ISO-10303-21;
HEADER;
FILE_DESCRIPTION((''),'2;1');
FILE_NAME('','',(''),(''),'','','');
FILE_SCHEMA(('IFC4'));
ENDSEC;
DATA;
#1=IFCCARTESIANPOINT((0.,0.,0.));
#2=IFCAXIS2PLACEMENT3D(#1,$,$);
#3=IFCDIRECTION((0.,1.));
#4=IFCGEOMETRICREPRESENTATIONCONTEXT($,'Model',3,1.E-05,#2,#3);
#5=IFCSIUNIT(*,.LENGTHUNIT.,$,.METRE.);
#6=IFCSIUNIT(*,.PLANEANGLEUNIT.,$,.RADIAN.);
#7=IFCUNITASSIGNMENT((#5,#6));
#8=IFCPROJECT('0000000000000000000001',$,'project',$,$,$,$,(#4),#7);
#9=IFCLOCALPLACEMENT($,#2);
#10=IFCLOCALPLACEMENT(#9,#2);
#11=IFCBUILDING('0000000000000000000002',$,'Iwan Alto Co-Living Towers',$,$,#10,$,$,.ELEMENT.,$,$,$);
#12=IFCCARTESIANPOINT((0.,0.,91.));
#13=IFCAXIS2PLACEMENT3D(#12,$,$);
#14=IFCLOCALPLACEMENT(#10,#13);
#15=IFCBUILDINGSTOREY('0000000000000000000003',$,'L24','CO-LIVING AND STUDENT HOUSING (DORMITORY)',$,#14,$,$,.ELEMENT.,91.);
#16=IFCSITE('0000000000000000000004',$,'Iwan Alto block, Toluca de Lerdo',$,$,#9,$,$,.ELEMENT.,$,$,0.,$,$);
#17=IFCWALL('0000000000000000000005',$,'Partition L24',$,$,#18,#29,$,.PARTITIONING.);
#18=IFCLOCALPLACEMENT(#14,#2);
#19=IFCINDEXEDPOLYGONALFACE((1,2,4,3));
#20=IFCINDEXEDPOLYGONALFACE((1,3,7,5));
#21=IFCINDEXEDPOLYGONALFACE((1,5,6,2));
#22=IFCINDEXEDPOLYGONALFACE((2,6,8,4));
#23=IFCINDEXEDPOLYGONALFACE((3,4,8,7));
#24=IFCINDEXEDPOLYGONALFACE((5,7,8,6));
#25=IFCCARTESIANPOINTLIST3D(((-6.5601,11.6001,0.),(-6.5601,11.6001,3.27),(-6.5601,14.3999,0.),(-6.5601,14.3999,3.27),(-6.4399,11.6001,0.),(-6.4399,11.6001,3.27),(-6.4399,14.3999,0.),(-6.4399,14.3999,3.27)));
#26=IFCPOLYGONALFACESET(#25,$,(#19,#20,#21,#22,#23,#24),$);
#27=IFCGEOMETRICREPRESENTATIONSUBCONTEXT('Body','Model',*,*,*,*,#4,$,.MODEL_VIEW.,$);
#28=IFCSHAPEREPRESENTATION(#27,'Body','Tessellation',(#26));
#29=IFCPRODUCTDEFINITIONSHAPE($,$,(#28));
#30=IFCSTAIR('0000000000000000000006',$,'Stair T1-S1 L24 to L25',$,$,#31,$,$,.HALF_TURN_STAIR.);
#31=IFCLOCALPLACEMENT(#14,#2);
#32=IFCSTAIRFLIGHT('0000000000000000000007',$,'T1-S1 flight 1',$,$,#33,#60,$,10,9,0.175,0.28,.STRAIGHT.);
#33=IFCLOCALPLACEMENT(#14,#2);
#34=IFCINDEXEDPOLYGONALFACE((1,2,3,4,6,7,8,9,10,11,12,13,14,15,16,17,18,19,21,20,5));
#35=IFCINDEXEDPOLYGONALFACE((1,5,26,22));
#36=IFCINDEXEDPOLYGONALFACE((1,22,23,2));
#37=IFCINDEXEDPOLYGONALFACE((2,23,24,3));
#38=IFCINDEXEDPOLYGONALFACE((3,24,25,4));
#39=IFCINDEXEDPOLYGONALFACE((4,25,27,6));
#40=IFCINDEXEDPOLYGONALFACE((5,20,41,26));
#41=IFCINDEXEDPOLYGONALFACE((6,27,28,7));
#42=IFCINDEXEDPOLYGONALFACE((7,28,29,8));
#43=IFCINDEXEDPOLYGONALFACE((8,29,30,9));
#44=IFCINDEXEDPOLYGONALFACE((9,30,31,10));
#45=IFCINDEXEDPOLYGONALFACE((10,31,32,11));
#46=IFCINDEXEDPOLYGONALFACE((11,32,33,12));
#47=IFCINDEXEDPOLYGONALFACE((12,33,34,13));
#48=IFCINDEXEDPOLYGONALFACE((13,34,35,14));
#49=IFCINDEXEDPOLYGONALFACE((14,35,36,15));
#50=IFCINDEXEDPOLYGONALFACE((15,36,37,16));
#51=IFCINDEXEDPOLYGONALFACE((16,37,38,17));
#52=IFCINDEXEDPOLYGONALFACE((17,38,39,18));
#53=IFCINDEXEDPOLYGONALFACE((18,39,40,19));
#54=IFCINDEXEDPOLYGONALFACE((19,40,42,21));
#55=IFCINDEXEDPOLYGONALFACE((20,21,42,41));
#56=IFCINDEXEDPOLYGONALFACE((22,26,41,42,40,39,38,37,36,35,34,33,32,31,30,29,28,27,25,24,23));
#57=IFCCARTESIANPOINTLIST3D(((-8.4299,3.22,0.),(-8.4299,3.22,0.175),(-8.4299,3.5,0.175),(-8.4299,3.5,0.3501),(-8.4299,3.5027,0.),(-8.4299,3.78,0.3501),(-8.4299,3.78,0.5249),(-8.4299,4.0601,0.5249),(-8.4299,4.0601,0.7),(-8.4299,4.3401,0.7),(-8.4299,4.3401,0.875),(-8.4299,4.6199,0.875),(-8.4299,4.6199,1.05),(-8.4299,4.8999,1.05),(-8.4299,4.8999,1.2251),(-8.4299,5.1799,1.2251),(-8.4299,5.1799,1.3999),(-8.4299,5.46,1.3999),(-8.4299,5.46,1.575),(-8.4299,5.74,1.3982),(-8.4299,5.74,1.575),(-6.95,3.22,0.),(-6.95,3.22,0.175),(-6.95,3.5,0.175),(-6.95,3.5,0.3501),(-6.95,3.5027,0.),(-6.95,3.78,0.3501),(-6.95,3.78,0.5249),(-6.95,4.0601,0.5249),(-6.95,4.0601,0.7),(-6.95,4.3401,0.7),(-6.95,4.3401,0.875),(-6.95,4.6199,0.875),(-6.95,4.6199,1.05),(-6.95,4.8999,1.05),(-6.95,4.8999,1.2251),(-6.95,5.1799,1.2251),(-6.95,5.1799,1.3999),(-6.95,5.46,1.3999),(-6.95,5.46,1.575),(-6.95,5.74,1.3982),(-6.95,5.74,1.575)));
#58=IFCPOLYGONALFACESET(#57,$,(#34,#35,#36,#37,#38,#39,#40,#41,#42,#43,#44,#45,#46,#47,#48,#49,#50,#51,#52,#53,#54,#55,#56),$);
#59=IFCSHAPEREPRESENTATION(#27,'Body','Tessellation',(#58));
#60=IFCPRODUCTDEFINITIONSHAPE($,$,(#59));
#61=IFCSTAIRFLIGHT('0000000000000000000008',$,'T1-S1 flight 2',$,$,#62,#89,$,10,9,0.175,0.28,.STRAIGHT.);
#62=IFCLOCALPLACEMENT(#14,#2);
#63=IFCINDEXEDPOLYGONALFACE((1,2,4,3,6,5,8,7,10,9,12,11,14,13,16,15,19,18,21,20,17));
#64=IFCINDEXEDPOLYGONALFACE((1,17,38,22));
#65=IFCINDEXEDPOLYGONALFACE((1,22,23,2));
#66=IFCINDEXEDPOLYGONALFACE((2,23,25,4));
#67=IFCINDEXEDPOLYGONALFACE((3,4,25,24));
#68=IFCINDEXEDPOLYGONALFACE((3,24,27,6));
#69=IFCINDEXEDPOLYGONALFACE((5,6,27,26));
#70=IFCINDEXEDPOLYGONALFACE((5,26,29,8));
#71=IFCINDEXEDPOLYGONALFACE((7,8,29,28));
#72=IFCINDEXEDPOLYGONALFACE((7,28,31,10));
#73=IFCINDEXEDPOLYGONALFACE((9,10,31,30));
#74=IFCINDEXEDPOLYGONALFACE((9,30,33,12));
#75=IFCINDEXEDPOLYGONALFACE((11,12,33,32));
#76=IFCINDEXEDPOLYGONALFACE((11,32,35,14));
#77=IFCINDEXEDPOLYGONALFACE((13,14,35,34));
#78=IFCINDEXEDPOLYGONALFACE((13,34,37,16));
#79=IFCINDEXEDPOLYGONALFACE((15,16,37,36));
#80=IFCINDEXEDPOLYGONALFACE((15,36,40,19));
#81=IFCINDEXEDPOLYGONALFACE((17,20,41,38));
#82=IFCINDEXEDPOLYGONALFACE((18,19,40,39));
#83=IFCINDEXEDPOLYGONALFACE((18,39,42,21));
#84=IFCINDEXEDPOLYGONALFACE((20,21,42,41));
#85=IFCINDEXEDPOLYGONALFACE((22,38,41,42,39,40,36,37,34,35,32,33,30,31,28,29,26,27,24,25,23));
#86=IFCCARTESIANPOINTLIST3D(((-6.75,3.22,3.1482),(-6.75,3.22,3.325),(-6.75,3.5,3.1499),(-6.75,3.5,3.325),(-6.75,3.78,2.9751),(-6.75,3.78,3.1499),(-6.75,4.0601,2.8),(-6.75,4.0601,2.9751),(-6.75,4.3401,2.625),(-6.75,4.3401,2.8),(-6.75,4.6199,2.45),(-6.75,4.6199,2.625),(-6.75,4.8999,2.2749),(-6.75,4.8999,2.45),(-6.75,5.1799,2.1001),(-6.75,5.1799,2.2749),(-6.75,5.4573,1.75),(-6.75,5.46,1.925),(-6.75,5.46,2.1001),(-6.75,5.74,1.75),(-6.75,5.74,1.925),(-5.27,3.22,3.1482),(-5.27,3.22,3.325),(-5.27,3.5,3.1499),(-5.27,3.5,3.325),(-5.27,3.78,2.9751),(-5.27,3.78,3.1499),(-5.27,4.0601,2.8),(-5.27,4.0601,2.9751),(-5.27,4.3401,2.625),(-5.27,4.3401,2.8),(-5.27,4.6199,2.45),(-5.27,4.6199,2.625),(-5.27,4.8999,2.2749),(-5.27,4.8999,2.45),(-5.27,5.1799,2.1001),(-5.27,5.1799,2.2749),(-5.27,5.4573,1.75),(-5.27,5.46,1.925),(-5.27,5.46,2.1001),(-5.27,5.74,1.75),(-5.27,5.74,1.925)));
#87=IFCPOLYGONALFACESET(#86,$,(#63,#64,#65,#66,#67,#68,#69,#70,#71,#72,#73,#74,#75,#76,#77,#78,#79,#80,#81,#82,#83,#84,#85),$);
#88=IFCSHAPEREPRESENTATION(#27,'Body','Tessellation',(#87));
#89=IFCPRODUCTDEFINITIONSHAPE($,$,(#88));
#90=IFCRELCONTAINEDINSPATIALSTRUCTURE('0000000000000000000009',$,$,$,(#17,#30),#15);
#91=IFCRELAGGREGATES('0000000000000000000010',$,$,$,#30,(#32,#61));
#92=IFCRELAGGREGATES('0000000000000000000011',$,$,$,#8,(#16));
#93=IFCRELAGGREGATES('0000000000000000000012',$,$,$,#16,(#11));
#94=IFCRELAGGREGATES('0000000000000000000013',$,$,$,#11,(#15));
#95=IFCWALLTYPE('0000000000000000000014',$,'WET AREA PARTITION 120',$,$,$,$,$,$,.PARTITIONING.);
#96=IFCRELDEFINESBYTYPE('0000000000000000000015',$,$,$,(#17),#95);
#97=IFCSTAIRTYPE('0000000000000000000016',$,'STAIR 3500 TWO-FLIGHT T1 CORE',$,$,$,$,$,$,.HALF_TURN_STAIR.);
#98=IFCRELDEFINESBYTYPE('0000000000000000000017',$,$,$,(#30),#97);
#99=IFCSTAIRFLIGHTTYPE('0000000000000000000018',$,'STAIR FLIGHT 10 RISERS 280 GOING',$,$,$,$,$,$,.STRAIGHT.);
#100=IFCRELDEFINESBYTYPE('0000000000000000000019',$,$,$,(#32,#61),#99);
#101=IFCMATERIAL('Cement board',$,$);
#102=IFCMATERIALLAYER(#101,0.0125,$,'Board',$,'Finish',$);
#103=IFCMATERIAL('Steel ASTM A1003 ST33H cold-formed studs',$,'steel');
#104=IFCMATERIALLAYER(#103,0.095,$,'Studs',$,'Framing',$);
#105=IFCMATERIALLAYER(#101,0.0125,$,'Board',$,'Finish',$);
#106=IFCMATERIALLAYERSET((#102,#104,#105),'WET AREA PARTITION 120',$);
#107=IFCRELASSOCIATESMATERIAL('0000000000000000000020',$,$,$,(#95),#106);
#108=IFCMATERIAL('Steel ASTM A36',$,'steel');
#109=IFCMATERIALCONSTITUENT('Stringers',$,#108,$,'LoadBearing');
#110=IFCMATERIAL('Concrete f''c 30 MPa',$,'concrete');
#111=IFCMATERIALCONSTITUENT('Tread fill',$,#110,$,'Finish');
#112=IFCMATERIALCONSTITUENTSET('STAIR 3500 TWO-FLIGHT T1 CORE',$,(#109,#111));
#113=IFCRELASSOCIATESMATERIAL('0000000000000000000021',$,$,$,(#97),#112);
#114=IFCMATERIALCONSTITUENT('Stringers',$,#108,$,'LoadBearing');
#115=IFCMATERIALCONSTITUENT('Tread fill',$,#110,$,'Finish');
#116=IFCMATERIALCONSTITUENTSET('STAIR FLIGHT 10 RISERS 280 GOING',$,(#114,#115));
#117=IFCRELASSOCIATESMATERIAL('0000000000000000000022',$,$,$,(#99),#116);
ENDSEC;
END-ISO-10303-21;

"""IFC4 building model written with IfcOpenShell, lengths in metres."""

from ifc_helpers import new_model, si_unit, direction, frame, frame_2d, origin, place, context, subcontext, project, spatial, polyline, rectangle, outline, extrude, material, layer, layer_set, constituent, constituent_set, type_object, element, aggregate, save


model = new_model("IFC4")

# Units and contexts
model_context = context("Model", 3, precision=1e-05, world=origin(), true_north=direction((0.0, 1.0)))
body_context = subcontext(model_context, "Body", "Model", "MODEL_VIEW")
ifc_project = project(units=[si_unit("LENGTHUNIT", "METRE"), si_unit("PLANEANGLEUNIT", "RADIAN")], contexts=[model_context])

# Site, building, storey
site_placement = place(None, origin())
site = spatial("IfcSite", under=ifc_project, at=site_placement, Name="Iwan Alto block, Toluca de Lerdo", CompositionType="ELEMENT", RefElevation=0.0)
building_placement = place(site_placement, origin())
building = spatial("IfcBuilding", under=site, at=building_placement, Name="Iwan Alto Co-Living Towers", CompositionType="ELEMENT")
storey_placement = place(building_placement, frame((0.0, 0.0, 91.0)))
storey = spatial("IfcBuildingStorey", under=building, at=storey_placement, Name="L24", Description="CO-LIVING AND STUDENT HOUSING (DORMITORY)", CompositionType="ELEMENT", Elevation=91.0)

# Shared definitions
ifc_material_1 = material(Name="Steel ASTM A1003 ST33H cold-formed studs", Category="steel")

# Shared definitions
ifc_material_2 = material(Name="Cement board")
ifc_layer_1 = layer(ifc_material_2, 0.0125, Name="Board", Category="Finish")
ifc_layer_2 = layer(ifc_material_1, 0.095, Name="Studs", Category="Framing")
ifc_layer_3 = layer(ifc_material_2, 0.0125, Name="Board", Category="Finish")
ifc_layer_set_1 = layer_set([ifc_layer_1, ifc_layer_2, ifc_layer_3], Name="WET AREA PARTITION 120")
wall_type_1 = type_object("IfcWallType", Name="WET AREA PARTITION 120", PredefinedType="PARTITIONING", material=ifc_layer_set_1)

# Wall
for number, where, z_axis, x_axis, name in (
    (1, (-6.5, 11.6001, 0.0), (0.0, 0.0, 1.0), (0.0, 1.0, 0.0), "Partition L24"),
):
    element("IfcWall", number, at=place(storey_placement, frame(where, z_axis=z_axis, x_axis=x_axis)), inside=storey, type_object=wall_type_1, Name=name, PredefinedType="PARTITIONING", context=body_context, shape_type="SweptSolid", body=[
        extrude(rectangle(XDim=2.7998, YDim=0.1201, at=frame_2d((1.3999, 0.0))), origin(), (0.0, 0.0, 1.0), 3.27),
    ])

# Stair, stair flights
ifc_material_3 = material(Name="Steel ASTM A36", Category="steel")
ifc_constituent_1 = constituent(ifc_material_3, Name="Stringers", Category="LoadBearing")
ifc_material_4 = material(Name="Concrete f'c 30 MPa", Category="concrete")
ifc_constituent_2 = constituent(ifc_material_4, Name="Tread fill", Category="Finish")
ifc_constituent_set_1 = constituent_set(constituents=[ifc_constituent_1, ifc_constituent_2], Name="STAIR 3500 TWO-FLIGHT T1 CORE")
stair_type = type_object("IfcStairType", Name="STAIR 3500 TWO-FLIGHT T1 CORE", PredefinedType="HALF_TURN_STAIR", material=ifc_constituent_set_1)
stair_placement = place(storey_placement, origin())
stair = element("IfcStair", 2, at=stair_placement, inside=storey, type_object=stair_type, Name="Stair T1-S1 L24 to L25", PredefinedType="HALF_TURN_STAIR")
ifc_constituent_3 = constituent(ifc_material_3, Name="Stringers", Category="LoadBearing")
ifc_constituent_4 = constituent(ifc_material_4, Name="Tread fill", Category="Finish")
ifc_constituent_set_2 = constituent_set(constituents=[ifc_constituent_3, ifc_constituent_4], Name="STAIR FLIGHT 10 RISERS 280 GOING")
stair_flight_type = type_object("IfcStairFlightType", Name="STAIR FLIGHT 10 RISERS 280 GOING", PredefinedType="STRAIGHT", material=ifc_constituent_set_2)
stair_flight_1_placement = place(storey_placement, frame((-7.6899, 3.22, 0.0), z_axis=(0.0, 0.0, 1.0), x_axis=(0.0, 1.0, 0.0)))
stair_flight_1 = element("IfcStairFlight", 3, at=stair_flight_1_placement, type_object=stair_flight_type, Name="T1-S1 flight 1", NumberOfRisers=10, NumberOfTreads=9, PredefinedType="STRAIGHT", RiserHeight=0.175, TreadLength=0.28, context=body_context, shape_type="SweptSolid", body=[
    extrude(outline(polyline([(0.0, 0.0), (0.0, 0.175), (0.28, 0.175), (0.28, 0.3501), (0.5601, 0.3501), (0.5601, 0.5249), (0.8401, 0.5249), (0.8401, 0.7), (1.1201, 0.7), (1.1201, 0.875), (1.3999, 0.875), (1.3999, 1.05), (1.6799, 1.05), (1.6799, 1.2251), (1.96, 1.2251), (1.96, 1.3999), (2.24, 1.3999), (2.24, 1.575), (2.52, 1.575), (2.52, 1.75), (2.52, 1.3982), (0.2827, 0.0), (0.0, 0.0)])), frame((0.0, 0.74, 0.0), z_axis=(0.0, -1.0, 0.0), x_axis=(1.0, 0.0, 0.0)), (0.0, 0.0, 1.0), 1.48),
])
stair_flight_2_placement = place(storey_placement, frame((-6.01, 5.74, 1.75), z_axis=(0.0, 0.0, 1.0), x_axis=(0.0, -1.0, 0.0)))
stair_flight_2 = element("IfcStairFlight", 4, at=stair_flight_2_placement, type_object=stair_flight_type, Name="T1-S1 flight 2", NumberOfRisers=10, NumberOfTreads=9, PredefinedType="STRAIGHT", RiserHeight=0.175, TreadLength=0.28, context=body_context, shape_type="SweptSolid", body=[
    extrude(outline(polyline([(0.0, 0.0), (0.0, 0.175), (0.28, 0.175), (0.28, 0.3501), (0.5601, 0.3501), (0.5601, 0.5249), (0.8401, 0.5249), (0.8401, 0.7), (1.1201, 0.7), (1.1201, 0.875), (1.3999, 0.875), (1.3999, 1.05), (1.6799, 1.05), (1.6799, 1.2251), (1.96, 1.2251), (1.96, 1.3999), (2.24, 1.3999), (2.24, 1.575), (2.52, 1.575), (2.52, 1.75), (2.52, 1.3982), (0.2827, 0.0), (0.0, 0.0)])), frame((0.0, 0.74, 0.0), z_axis=(0.0, -1.0, 0.0), x_axis=(1.0, 0.0, 0.0)), (0.0, 0.0, 1.0), 1.48),
])
aggregate(stair, [stair_flight_1, stair_flight_2])

save(model, "model.ifc")
